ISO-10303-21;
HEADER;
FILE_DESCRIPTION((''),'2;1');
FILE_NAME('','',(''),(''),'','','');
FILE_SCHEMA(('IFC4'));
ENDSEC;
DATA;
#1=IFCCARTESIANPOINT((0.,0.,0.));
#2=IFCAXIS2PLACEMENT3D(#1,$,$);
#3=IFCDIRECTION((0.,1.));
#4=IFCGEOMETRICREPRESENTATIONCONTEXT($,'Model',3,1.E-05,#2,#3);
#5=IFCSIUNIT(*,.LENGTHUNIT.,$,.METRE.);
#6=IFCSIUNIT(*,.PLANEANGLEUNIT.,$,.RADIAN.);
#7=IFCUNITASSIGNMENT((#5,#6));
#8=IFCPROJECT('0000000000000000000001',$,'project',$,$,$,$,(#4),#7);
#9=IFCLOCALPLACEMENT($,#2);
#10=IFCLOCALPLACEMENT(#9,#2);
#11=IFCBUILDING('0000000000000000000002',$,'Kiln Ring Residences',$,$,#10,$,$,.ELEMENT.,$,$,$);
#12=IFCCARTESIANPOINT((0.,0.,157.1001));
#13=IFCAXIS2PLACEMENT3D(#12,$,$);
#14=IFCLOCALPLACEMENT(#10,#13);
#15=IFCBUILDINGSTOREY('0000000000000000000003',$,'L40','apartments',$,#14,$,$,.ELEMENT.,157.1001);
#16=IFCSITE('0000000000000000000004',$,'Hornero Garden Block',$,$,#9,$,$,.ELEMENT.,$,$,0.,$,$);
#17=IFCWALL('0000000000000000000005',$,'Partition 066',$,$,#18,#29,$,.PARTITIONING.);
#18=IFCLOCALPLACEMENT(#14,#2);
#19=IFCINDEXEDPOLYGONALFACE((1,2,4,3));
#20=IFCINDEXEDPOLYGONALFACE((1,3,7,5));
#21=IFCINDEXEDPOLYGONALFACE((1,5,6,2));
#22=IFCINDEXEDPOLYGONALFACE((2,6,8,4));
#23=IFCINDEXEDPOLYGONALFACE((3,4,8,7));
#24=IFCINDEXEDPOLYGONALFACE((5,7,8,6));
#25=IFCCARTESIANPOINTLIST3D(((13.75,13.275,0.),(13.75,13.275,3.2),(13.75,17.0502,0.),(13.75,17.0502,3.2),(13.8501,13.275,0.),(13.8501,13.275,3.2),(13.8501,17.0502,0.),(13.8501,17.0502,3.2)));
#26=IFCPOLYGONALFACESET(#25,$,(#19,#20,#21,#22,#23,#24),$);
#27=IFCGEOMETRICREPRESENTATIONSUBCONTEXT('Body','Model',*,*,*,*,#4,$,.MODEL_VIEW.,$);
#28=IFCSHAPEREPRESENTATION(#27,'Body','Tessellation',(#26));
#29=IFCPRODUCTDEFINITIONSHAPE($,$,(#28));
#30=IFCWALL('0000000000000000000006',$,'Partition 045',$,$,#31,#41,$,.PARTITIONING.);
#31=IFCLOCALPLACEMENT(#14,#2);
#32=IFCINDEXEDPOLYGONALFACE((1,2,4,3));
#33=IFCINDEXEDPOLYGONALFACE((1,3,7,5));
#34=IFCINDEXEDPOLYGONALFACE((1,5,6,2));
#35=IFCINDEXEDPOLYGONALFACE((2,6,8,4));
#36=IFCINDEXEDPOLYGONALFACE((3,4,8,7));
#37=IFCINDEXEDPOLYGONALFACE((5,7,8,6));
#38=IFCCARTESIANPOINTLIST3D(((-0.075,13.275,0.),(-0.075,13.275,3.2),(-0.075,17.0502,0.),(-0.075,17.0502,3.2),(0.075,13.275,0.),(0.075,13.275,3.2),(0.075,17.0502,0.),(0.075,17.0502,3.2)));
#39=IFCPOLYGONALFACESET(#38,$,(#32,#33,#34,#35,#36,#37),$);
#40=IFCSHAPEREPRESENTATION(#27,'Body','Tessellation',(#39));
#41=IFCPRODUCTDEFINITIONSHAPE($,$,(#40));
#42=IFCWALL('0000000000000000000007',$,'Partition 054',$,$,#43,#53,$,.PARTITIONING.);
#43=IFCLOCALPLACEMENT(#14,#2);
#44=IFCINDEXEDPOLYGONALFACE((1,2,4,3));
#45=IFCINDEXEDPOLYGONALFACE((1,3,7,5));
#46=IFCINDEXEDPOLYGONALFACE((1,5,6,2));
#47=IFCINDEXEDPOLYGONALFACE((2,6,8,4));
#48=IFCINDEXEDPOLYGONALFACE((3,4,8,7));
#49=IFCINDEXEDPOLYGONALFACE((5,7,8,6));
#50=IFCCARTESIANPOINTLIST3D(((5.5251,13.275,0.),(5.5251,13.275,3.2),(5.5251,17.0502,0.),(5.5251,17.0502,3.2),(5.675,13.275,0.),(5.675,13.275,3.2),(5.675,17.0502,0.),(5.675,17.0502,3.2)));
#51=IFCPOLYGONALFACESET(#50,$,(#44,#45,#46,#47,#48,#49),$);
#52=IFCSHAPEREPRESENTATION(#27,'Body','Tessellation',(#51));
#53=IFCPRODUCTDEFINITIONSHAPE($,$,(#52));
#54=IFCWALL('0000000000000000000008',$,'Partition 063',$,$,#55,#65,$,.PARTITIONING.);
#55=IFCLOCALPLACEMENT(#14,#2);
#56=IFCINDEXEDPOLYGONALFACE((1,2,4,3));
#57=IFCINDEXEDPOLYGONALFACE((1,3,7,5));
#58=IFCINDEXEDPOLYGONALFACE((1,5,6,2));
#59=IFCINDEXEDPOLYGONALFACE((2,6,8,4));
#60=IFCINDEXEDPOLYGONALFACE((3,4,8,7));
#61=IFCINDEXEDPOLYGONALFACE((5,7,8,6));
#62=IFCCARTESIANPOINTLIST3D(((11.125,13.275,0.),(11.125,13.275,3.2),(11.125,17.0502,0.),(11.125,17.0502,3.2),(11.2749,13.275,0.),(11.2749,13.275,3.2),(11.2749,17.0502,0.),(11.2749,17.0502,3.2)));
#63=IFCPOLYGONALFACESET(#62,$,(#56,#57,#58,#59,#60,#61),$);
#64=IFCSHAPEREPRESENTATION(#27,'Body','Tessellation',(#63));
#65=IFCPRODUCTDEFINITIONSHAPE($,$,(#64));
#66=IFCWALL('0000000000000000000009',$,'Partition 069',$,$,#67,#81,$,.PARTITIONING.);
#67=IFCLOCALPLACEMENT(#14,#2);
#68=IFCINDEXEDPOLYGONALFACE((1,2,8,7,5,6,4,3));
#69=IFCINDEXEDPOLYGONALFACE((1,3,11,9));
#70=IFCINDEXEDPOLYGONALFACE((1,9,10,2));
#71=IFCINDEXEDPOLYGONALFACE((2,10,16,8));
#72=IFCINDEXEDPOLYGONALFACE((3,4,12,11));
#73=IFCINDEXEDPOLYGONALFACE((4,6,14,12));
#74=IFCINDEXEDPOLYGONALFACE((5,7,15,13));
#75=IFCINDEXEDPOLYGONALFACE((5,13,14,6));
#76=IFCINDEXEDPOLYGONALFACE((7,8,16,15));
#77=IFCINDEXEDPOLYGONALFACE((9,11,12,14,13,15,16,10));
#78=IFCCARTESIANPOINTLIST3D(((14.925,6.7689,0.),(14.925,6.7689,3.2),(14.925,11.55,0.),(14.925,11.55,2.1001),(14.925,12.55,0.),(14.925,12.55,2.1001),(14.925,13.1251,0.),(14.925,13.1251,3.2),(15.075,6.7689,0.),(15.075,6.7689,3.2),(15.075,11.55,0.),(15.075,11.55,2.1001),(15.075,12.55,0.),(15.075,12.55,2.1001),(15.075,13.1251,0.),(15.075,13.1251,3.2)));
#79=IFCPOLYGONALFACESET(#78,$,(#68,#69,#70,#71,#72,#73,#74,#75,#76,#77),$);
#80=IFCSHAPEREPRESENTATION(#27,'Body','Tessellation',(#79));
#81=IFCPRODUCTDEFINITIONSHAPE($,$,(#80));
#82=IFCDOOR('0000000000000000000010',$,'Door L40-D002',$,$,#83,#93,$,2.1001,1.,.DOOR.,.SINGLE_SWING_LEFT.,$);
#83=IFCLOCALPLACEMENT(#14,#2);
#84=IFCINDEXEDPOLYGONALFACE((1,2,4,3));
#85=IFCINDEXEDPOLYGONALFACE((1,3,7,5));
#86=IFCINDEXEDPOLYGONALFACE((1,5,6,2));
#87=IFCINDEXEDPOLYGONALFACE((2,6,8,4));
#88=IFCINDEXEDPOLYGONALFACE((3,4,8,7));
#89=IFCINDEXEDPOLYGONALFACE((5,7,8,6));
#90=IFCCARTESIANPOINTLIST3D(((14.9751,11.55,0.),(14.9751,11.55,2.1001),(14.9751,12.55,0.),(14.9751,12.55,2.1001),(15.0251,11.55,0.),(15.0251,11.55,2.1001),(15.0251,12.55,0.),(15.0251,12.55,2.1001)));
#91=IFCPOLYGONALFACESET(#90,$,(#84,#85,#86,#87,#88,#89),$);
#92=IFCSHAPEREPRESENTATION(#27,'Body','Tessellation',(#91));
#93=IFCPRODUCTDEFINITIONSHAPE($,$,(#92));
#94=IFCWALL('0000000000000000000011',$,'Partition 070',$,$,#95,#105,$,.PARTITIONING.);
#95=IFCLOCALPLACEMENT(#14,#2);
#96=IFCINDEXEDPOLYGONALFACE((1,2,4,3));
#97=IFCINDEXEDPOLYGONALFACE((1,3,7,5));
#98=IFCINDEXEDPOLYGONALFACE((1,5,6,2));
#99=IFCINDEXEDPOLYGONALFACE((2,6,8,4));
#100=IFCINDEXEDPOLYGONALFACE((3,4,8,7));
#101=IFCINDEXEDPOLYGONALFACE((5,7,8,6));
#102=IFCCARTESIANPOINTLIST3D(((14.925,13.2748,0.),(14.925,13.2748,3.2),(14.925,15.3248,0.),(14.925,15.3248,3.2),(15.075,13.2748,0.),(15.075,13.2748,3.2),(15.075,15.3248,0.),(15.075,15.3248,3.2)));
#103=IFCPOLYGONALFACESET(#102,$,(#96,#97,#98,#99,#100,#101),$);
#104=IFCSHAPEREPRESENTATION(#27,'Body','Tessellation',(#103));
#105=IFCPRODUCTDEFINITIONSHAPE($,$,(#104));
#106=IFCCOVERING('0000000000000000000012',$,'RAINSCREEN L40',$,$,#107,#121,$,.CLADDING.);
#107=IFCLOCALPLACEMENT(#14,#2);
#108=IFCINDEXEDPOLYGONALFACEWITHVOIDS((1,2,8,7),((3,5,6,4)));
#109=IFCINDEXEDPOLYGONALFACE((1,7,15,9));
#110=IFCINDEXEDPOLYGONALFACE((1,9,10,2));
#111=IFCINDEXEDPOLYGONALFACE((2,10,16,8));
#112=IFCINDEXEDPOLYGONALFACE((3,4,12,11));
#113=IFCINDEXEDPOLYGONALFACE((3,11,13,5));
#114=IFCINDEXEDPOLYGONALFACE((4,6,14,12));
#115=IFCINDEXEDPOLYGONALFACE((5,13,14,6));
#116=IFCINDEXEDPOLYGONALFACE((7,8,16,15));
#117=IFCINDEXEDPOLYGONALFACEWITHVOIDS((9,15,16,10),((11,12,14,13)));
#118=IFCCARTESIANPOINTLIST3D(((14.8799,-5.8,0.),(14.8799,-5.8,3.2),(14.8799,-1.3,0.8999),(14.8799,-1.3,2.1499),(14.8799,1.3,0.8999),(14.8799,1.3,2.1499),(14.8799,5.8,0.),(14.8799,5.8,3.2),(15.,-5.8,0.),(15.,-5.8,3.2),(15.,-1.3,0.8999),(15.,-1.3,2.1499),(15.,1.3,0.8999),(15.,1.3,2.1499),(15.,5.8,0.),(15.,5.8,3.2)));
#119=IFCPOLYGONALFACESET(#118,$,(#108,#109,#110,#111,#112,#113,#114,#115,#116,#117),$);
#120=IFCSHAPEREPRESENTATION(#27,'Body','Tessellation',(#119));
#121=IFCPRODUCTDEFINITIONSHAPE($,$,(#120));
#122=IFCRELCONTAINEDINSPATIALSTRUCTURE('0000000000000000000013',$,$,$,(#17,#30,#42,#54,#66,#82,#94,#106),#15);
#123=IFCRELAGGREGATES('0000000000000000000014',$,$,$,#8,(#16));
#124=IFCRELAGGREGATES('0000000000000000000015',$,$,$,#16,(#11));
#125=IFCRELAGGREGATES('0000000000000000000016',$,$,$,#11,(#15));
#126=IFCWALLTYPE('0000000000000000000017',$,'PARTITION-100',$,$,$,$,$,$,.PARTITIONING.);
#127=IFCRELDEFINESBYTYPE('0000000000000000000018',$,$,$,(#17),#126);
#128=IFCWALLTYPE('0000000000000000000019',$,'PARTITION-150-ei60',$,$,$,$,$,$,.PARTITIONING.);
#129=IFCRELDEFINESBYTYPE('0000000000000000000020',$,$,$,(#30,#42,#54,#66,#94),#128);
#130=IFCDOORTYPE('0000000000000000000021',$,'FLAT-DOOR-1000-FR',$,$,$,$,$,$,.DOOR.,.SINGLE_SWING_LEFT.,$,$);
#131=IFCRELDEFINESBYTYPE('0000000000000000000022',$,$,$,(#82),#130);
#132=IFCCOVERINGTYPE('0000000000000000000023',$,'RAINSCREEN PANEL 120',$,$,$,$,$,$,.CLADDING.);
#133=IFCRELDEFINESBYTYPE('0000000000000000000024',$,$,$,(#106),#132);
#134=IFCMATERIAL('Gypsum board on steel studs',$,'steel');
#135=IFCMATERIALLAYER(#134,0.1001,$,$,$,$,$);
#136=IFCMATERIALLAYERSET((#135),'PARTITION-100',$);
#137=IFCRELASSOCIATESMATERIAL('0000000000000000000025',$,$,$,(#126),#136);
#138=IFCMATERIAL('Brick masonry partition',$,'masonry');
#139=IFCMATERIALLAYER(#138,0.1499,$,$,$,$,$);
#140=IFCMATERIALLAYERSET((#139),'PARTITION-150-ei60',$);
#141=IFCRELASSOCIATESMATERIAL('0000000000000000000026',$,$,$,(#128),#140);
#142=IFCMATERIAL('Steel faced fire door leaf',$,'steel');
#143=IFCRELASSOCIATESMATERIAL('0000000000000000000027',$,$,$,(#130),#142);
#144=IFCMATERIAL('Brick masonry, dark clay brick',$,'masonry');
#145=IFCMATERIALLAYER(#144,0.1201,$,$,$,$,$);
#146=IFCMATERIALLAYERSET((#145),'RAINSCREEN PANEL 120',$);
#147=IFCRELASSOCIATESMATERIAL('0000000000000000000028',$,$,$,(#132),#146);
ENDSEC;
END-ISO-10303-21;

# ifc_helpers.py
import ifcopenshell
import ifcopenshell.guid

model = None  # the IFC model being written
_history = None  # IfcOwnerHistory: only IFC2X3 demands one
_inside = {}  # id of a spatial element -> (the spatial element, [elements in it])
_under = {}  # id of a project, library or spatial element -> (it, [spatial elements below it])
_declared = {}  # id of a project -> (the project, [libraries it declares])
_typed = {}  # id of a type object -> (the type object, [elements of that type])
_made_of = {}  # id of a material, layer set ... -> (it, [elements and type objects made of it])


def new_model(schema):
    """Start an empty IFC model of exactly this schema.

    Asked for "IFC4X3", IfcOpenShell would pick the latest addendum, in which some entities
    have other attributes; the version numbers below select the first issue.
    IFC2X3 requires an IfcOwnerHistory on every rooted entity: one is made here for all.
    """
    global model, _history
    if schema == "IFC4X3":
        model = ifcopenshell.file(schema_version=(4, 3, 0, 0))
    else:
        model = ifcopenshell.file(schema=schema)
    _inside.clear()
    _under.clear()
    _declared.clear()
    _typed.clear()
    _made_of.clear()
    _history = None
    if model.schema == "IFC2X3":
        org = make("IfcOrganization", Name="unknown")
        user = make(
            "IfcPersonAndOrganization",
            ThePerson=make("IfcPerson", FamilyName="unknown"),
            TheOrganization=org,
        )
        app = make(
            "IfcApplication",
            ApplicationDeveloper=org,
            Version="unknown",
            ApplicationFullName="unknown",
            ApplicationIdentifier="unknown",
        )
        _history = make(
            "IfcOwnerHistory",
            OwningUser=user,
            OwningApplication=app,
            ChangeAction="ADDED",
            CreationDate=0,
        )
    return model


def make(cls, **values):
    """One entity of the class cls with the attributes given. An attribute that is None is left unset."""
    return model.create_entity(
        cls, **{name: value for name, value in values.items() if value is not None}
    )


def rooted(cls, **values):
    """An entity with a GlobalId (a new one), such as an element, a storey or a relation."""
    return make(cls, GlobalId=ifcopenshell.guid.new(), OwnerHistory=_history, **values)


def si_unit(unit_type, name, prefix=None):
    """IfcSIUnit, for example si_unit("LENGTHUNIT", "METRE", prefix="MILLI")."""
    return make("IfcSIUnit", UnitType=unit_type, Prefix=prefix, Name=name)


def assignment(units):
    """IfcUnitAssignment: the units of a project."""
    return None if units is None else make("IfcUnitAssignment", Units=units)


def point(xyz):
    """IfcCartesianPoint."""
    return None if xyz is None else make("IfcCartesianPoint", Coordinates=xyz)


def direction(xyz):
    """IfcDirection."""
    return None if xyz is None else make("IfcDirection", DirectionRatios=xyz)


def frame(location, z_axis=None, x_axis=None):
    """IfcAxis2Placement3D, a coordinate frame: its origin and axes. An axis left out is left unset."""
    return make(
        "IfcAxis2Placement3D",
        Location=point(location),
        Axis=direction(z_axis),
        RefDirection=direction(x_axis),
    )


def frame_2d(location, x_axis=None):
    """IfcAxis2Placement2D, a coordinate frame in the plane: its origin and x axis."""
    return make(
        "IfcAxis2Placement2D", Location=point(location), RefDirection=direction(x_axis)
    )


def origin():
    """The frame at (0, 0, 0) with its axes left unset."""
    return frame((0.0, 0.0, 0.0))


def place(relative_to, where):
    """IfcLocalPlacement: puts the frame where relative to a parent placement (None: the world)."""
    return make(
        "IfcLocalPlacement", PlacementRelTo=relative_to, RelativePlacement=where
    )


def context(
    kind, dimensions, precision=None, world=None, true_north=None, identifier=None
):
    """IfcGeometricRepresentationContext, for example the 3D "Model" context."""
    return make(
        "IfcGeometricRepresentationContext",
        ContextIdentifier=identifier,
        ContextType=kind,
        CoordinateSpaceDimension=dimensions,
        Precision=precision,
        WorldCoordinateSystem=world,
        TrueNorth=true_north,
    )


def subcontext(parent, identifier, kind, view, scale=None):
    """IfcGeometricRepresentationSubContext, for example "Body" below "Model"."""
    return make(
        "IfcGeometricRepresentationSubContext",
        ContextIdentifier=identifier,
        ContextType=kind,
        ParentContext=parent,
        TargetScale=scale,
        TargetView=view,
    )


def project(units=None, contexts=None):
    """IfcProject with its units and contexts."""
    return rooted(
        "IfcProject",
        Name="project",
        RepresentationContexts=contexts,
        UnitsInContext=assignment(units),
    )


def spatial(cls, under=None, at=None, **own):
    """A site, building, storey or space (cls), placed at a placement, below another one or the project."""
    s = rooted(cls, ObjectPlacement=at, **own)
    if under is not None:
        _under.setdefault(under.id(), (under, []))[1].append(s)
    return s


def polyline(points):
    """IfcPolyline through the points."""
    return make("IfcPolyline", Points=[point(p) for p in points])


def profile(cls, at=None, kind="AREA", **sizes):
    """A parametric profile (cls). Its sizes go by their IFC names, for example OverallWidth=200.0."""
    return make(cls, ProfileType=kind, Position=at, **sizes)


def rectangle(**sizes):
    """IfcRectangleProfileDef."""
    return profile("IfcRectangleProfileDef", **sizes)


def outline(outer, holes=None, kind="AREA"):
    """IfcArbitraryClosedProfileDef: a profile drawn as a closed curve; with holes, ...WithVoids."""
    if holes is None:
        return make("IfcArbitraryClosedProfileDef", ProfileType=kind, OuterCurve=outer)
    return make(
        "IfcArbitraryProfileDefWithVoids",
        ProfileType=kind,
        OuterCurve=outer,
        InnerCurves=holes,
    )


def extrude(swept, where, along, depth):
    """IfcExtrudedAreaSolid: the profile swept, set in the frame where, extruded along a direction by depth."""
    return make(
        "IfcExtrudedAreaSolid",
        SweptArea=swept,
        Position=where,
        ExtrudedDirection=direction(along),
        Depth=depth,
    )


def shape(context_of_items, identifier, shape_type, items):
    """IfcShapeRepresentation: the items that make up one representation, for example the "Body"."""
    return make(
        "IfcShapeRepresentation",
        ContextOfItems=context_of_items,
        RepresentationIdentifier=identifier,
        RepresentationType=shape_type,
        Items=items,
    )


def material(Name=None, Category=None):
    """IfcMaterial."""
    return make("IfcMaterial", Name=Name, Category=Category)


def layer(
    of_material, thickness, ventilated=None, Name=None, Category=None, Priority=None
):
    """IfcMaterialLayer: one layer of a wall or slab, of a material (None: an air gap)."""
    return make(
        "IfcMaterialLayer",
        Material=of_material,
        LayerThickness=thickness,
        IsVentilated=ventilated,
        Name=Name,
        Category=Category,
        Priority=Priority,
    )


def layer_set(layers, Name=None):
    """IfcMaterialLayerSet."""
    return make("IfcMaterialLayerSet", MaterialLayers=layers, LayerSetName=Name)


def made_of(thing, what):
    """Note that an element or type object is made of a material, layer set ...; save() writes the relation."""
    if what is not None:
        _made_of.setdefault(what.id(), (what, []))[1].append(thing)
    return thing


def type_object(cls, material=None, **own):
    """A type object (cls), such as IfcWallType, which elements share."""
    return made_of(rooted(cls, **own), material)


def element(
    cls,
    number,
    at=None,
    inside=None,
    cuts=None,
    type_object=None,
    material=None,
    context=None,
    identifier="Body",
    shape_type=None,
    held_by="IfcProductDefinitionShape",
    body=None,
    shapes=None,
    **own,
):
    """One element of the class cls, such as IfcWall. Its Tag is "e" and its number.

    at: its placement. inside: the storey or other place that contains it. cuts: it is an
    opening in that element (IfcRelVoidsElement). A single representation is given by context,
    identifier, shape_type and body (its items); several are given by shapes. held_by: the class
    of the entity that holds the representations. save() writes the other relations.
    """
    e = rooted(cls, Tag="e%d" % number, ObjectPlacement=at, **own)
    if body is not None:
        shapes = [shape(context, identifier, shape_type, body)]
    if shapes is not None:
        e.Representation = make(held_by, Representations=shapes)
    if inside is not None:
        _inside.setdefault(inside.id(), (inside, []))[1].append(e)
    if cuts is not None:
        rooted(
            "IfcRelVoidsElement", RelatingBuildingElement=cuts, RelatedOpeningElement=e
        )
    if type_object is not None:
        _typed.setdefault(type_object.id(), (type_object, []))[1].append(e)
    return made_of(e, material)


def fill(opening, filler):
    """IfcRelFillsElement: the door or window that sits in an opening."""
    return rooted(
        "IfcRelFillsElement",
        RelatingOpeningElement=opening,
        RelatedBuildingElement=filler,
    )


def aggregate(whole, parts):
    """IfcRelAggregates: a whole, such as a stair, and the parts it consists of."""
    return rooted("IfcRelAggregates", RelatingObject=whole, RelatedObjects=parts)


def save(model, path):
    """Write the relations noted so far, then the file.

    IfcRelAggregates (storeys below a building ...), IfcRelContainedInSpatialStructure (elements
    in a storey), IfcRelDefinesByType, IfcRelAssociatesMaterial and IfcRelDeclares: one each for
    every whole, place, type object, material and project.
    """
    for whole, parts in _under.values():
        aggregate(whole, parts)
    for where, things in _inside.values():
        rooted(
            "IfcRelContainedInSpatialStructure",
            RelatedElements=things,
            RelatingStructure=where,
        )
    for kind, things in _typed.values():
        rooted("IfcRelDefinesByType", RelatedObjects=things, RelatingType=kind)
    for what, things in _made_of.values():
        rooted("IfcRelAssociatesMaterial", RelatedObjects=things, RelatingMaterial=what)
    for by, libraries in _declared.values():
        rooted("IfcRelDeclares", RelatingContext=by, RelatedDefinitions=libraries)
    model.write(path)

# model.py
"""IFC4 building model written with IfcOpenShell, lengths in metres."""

from ifc_helpers import new_model, si_unit, direction, frame, frame_2d, origin, place, context, subcontext, project, spatial, polyline, rectangle, outline, extrude, material, layer, layer_set, type_object, element, fill, save


model = new_model("IFC4")

# Units and contexts
model_context = context("Model", 3, precision=1e-05, world=origin(), true_north=direction((0.0, 1.0)))
body_context = subcontext(model_context, "Body", "Model", "MODEL_VIEW")
ifc_project = project(units=[si_unit("LENGTHUNIT", "METRE"), si_unit("PLANEANGLEUNIT", "RADIAN")], contexts=[model_context])

# Site, building, storey
site_placement = place(None, origin())
site = spatial("IfcSite", under=ifc_project, at=site_placement, Name="Hornero Garden Block", CompositionType="ELEMENT", RefElevation=0.0)
building_placement = place(site_placement, origin())
building = spatial("IfcBuilding", under=site, at=building_placement, Name="Kiln Ring Residences", CompositionType="ELEMENT")
storey_placement = place(building_placement, frame((0.0, 0.0, 157.1001)))
storey = spatial("IfcBuildingStorey", under=building, at=storey_placement, Name="L40", Description="apartments", CompositionType="ELEMENT", Elevation=157.1001)

# Walls
ifc_material_1 = material(Name="Gypsum board on steel studs", Category="steel")
ifc_layer_1 = layer(ifc_material_1, 0.1001)
ifc_layer_set_1 = layer_set([ifc_layer_1], Name="PARTITION-100")
wall_type_1 = type_object("IfcWallType", Name="PARTITION-100", PredefinedType="PARTITIONING", material=ifc_layer_set_1)
wall_1_placement = place(storey_placement, frame((13.8, 13.2749, 0.0), z_axis=(0.0, 0.0, 1.0), x_axis=(0.0, 1.0, 0.0)))
element("IfcWall", 1, at=wall_1_placement, inside=storey, type_object=wall_type_1, Name="Partition 066", PredefinedType="PARTITIONING", context=body_context, shape_type="SweptSolid", body=[
    extrude(rectangle(XDim=3.7751, YDim=0.1001, at=frame_2d((1.8877, 0.0))), origin(), (0.0, 0.0, 1.0), 3.2),
])
ifc_material_2 = material(Name="Brick masonry partition", Category="masonry")
ifc_layer_2 = layer(ifc_material_2, 0.1499)
ifc_layer_set_2 = layer_set([ifc_layer_2], Name="PARTITION-150-ei60")
wall_type_2 = type_object("IfcWallType", Name="PARTITION-150-ei60", PredefinedType="PARTITIONING", material=ifc_layer_set_2)
for number, where, z_axis, x_axis, name in (
    (2, (0.0, 13.2749, 0.0), (0.0, 0.0, 1.0), (0.0, 1.0, 0.0), "Partition 045"),
    (3, (5.6001, 13.2749, 0.0), (0.0, 0.0, 1.0), (0.0, 1.0, 0.0), "Partition 054"),
    (4, (11.2, 13.2749, 0.0), (0.0, 0.0, 1.0), (0.0, 1.0, 0.0), "Partition 063"),
):
    element("IfcWall", number, at=place(storey_placement, frame(where, z_axis=z_axis, x_axis=x_axis)), inside=storey, type_object=wall_type_2, Name=name, PredefinedType="PARTITIONING", context=body_context, shape_type="SweptSolid", body=[
        extrude(rectangle(XDim=3.7751, YDim=0.1499, at=frame_2d((1.8877, 0.0))), origin(), (0.0, 0.0, 1.0), 3.2),
    ])

# Wall, opening, door
wall_2_placement = place(storey_placement, frame((15.0, 6.7688, 0.0), z_axis=(0.0, 0.0, 1.0), x_axis=(0.0, 1.0, 0.0)))
wall_2 = element("IfcWall", 5, at=wall_2_placement, inside=storey, type_object=wall_type_2, Name="Partition 069", PredefinedType="PARTITIONING", context=body_context, shape_type="SweptSolid", body=[
    extrude(rectangle(XDim=6.3562, YDim=0.1499, at=frame_2d((3.1782, 0.0))), origin(), (0.0, 0.0, 1.0), 3.2),
])
opening_placement = place(wall_2_placement, frame((4.7812, 0.0, 0.0)))
opening = element("IfcOpeningElement", 6, at=opening_placement, cuts=wall_2, PredefinedType="OPENING", context=body_context, shape_type="SweptSolid", body=[
    extrude(rectangle(XDim=1.0, YDim=2.1001, at=frame_2d((0.5, 1.05))), frame((0.0, 0.085, 0.0), z_axis=(0.0, -1.0, 0.0), x_axis=(1.0, 0.0, 0.0)), (0.0, 0.0, 1.0), 0.1699),
])
ifc_material_3 = material(Name="Steel faced fire door leaf", Category="steel")
door_type = type_object("IfcDoorType", Name="FLAT-DOOR-1000-FR", OperationType="SINGLE_SWING_LEFT", PredefinedType="DOOR", material=ifc_material_3)
door_placement = place(opening_placement, origin())
door = element("IfcDoor", 7, at=door_placement, inside=storey, type_object=door_type, Name="Door L40-D002", OperationType="SINGLE_SWING_LEFT", OverallHeight=2.1001, OverallWidth=1.0, PredefinedType="DOOR", context=body_context, shape_type="SweptSolid", body=[
    extrude(rectangle(XDim=1.0, YDim=2.1001, at=frame_2d((0.5, 1.05))), frame((0.0, 0.0249, 0.0), z_axis=(0.0, -1.0, 0.0), x_axis=(1.0, 0.0, 0.0)), (0.0, 0.0, 1.0), 0.05),
])
fill(opening, door)

# Wall
wall_3_placement = place(storey_placement, frame((15.0, 13.2749, 0.0), z_axis=(0.0, 0.0, 1.0), x_axis=(0.0, 1.0, 0.0)))
element("IfcWall", 8, at=wall_3_placement, inside=storey, type_object=wall_type_2, Name="Partition 070", PredefinedType="PARTITIONING", context=body_context, shape_type="SweptSolid", body=[
    extrude(rectangle(XDim=2.05, YDim=0.1499, at=frame_2d((1.0249, 0.0))), origin(), (0.0, 0.0, 1.0), 3.2),
])

# Covering
ifc_material_4 = material(Name="Brick masonry, dark clay brick", Category="masonry")
ifc_layer_3 = layer(ifc_material_4, 0.1201)
ifc_layer_set_3 = layer_set([ifc_layer_3], Name="RAINSCREEN PANEL 120")
covering_type = type_object("IfcCoveringType", Name="RAINSCREEN PANEL 120", PredefinedType="CLADDING", material=ifc_layer_set_3)
covering_placement = place(storey_placement, frame((14.9399, 5.8, 0.0), z_axis=(0.0, 0.0, 1.0), x_axis=(0.0, -1.0, 0.0)))
element("IfcCovering", 9, at=covering_placement, inside=storey, type_object=covering_type, Name="RAINSCREEN L40", PredefinedType="CLADDING", context=body_context, shape_type="SweptSolid", body=[
    extrude(outline(polyline([(0.0, 0.0), (11.6001, 0.0), (11.6001, 3.2), (0.0, 3.2), (0.0, 0.0)]), holes=[polyline([(4.5, 2.1499), (4.5, 0.8999), (7.1001, 0.8999), (7.1001, 2.1499), (4.5, 2.1499)])]), frame((0.0, 0.0601, 0.0), z_axis=(0.0, -1.0, 0.0), x_axis=(1.0, 0.0, 0.0)), (0.0, 0.0, 1.0), 0.1201),
])

save(model, "model.ifc")
